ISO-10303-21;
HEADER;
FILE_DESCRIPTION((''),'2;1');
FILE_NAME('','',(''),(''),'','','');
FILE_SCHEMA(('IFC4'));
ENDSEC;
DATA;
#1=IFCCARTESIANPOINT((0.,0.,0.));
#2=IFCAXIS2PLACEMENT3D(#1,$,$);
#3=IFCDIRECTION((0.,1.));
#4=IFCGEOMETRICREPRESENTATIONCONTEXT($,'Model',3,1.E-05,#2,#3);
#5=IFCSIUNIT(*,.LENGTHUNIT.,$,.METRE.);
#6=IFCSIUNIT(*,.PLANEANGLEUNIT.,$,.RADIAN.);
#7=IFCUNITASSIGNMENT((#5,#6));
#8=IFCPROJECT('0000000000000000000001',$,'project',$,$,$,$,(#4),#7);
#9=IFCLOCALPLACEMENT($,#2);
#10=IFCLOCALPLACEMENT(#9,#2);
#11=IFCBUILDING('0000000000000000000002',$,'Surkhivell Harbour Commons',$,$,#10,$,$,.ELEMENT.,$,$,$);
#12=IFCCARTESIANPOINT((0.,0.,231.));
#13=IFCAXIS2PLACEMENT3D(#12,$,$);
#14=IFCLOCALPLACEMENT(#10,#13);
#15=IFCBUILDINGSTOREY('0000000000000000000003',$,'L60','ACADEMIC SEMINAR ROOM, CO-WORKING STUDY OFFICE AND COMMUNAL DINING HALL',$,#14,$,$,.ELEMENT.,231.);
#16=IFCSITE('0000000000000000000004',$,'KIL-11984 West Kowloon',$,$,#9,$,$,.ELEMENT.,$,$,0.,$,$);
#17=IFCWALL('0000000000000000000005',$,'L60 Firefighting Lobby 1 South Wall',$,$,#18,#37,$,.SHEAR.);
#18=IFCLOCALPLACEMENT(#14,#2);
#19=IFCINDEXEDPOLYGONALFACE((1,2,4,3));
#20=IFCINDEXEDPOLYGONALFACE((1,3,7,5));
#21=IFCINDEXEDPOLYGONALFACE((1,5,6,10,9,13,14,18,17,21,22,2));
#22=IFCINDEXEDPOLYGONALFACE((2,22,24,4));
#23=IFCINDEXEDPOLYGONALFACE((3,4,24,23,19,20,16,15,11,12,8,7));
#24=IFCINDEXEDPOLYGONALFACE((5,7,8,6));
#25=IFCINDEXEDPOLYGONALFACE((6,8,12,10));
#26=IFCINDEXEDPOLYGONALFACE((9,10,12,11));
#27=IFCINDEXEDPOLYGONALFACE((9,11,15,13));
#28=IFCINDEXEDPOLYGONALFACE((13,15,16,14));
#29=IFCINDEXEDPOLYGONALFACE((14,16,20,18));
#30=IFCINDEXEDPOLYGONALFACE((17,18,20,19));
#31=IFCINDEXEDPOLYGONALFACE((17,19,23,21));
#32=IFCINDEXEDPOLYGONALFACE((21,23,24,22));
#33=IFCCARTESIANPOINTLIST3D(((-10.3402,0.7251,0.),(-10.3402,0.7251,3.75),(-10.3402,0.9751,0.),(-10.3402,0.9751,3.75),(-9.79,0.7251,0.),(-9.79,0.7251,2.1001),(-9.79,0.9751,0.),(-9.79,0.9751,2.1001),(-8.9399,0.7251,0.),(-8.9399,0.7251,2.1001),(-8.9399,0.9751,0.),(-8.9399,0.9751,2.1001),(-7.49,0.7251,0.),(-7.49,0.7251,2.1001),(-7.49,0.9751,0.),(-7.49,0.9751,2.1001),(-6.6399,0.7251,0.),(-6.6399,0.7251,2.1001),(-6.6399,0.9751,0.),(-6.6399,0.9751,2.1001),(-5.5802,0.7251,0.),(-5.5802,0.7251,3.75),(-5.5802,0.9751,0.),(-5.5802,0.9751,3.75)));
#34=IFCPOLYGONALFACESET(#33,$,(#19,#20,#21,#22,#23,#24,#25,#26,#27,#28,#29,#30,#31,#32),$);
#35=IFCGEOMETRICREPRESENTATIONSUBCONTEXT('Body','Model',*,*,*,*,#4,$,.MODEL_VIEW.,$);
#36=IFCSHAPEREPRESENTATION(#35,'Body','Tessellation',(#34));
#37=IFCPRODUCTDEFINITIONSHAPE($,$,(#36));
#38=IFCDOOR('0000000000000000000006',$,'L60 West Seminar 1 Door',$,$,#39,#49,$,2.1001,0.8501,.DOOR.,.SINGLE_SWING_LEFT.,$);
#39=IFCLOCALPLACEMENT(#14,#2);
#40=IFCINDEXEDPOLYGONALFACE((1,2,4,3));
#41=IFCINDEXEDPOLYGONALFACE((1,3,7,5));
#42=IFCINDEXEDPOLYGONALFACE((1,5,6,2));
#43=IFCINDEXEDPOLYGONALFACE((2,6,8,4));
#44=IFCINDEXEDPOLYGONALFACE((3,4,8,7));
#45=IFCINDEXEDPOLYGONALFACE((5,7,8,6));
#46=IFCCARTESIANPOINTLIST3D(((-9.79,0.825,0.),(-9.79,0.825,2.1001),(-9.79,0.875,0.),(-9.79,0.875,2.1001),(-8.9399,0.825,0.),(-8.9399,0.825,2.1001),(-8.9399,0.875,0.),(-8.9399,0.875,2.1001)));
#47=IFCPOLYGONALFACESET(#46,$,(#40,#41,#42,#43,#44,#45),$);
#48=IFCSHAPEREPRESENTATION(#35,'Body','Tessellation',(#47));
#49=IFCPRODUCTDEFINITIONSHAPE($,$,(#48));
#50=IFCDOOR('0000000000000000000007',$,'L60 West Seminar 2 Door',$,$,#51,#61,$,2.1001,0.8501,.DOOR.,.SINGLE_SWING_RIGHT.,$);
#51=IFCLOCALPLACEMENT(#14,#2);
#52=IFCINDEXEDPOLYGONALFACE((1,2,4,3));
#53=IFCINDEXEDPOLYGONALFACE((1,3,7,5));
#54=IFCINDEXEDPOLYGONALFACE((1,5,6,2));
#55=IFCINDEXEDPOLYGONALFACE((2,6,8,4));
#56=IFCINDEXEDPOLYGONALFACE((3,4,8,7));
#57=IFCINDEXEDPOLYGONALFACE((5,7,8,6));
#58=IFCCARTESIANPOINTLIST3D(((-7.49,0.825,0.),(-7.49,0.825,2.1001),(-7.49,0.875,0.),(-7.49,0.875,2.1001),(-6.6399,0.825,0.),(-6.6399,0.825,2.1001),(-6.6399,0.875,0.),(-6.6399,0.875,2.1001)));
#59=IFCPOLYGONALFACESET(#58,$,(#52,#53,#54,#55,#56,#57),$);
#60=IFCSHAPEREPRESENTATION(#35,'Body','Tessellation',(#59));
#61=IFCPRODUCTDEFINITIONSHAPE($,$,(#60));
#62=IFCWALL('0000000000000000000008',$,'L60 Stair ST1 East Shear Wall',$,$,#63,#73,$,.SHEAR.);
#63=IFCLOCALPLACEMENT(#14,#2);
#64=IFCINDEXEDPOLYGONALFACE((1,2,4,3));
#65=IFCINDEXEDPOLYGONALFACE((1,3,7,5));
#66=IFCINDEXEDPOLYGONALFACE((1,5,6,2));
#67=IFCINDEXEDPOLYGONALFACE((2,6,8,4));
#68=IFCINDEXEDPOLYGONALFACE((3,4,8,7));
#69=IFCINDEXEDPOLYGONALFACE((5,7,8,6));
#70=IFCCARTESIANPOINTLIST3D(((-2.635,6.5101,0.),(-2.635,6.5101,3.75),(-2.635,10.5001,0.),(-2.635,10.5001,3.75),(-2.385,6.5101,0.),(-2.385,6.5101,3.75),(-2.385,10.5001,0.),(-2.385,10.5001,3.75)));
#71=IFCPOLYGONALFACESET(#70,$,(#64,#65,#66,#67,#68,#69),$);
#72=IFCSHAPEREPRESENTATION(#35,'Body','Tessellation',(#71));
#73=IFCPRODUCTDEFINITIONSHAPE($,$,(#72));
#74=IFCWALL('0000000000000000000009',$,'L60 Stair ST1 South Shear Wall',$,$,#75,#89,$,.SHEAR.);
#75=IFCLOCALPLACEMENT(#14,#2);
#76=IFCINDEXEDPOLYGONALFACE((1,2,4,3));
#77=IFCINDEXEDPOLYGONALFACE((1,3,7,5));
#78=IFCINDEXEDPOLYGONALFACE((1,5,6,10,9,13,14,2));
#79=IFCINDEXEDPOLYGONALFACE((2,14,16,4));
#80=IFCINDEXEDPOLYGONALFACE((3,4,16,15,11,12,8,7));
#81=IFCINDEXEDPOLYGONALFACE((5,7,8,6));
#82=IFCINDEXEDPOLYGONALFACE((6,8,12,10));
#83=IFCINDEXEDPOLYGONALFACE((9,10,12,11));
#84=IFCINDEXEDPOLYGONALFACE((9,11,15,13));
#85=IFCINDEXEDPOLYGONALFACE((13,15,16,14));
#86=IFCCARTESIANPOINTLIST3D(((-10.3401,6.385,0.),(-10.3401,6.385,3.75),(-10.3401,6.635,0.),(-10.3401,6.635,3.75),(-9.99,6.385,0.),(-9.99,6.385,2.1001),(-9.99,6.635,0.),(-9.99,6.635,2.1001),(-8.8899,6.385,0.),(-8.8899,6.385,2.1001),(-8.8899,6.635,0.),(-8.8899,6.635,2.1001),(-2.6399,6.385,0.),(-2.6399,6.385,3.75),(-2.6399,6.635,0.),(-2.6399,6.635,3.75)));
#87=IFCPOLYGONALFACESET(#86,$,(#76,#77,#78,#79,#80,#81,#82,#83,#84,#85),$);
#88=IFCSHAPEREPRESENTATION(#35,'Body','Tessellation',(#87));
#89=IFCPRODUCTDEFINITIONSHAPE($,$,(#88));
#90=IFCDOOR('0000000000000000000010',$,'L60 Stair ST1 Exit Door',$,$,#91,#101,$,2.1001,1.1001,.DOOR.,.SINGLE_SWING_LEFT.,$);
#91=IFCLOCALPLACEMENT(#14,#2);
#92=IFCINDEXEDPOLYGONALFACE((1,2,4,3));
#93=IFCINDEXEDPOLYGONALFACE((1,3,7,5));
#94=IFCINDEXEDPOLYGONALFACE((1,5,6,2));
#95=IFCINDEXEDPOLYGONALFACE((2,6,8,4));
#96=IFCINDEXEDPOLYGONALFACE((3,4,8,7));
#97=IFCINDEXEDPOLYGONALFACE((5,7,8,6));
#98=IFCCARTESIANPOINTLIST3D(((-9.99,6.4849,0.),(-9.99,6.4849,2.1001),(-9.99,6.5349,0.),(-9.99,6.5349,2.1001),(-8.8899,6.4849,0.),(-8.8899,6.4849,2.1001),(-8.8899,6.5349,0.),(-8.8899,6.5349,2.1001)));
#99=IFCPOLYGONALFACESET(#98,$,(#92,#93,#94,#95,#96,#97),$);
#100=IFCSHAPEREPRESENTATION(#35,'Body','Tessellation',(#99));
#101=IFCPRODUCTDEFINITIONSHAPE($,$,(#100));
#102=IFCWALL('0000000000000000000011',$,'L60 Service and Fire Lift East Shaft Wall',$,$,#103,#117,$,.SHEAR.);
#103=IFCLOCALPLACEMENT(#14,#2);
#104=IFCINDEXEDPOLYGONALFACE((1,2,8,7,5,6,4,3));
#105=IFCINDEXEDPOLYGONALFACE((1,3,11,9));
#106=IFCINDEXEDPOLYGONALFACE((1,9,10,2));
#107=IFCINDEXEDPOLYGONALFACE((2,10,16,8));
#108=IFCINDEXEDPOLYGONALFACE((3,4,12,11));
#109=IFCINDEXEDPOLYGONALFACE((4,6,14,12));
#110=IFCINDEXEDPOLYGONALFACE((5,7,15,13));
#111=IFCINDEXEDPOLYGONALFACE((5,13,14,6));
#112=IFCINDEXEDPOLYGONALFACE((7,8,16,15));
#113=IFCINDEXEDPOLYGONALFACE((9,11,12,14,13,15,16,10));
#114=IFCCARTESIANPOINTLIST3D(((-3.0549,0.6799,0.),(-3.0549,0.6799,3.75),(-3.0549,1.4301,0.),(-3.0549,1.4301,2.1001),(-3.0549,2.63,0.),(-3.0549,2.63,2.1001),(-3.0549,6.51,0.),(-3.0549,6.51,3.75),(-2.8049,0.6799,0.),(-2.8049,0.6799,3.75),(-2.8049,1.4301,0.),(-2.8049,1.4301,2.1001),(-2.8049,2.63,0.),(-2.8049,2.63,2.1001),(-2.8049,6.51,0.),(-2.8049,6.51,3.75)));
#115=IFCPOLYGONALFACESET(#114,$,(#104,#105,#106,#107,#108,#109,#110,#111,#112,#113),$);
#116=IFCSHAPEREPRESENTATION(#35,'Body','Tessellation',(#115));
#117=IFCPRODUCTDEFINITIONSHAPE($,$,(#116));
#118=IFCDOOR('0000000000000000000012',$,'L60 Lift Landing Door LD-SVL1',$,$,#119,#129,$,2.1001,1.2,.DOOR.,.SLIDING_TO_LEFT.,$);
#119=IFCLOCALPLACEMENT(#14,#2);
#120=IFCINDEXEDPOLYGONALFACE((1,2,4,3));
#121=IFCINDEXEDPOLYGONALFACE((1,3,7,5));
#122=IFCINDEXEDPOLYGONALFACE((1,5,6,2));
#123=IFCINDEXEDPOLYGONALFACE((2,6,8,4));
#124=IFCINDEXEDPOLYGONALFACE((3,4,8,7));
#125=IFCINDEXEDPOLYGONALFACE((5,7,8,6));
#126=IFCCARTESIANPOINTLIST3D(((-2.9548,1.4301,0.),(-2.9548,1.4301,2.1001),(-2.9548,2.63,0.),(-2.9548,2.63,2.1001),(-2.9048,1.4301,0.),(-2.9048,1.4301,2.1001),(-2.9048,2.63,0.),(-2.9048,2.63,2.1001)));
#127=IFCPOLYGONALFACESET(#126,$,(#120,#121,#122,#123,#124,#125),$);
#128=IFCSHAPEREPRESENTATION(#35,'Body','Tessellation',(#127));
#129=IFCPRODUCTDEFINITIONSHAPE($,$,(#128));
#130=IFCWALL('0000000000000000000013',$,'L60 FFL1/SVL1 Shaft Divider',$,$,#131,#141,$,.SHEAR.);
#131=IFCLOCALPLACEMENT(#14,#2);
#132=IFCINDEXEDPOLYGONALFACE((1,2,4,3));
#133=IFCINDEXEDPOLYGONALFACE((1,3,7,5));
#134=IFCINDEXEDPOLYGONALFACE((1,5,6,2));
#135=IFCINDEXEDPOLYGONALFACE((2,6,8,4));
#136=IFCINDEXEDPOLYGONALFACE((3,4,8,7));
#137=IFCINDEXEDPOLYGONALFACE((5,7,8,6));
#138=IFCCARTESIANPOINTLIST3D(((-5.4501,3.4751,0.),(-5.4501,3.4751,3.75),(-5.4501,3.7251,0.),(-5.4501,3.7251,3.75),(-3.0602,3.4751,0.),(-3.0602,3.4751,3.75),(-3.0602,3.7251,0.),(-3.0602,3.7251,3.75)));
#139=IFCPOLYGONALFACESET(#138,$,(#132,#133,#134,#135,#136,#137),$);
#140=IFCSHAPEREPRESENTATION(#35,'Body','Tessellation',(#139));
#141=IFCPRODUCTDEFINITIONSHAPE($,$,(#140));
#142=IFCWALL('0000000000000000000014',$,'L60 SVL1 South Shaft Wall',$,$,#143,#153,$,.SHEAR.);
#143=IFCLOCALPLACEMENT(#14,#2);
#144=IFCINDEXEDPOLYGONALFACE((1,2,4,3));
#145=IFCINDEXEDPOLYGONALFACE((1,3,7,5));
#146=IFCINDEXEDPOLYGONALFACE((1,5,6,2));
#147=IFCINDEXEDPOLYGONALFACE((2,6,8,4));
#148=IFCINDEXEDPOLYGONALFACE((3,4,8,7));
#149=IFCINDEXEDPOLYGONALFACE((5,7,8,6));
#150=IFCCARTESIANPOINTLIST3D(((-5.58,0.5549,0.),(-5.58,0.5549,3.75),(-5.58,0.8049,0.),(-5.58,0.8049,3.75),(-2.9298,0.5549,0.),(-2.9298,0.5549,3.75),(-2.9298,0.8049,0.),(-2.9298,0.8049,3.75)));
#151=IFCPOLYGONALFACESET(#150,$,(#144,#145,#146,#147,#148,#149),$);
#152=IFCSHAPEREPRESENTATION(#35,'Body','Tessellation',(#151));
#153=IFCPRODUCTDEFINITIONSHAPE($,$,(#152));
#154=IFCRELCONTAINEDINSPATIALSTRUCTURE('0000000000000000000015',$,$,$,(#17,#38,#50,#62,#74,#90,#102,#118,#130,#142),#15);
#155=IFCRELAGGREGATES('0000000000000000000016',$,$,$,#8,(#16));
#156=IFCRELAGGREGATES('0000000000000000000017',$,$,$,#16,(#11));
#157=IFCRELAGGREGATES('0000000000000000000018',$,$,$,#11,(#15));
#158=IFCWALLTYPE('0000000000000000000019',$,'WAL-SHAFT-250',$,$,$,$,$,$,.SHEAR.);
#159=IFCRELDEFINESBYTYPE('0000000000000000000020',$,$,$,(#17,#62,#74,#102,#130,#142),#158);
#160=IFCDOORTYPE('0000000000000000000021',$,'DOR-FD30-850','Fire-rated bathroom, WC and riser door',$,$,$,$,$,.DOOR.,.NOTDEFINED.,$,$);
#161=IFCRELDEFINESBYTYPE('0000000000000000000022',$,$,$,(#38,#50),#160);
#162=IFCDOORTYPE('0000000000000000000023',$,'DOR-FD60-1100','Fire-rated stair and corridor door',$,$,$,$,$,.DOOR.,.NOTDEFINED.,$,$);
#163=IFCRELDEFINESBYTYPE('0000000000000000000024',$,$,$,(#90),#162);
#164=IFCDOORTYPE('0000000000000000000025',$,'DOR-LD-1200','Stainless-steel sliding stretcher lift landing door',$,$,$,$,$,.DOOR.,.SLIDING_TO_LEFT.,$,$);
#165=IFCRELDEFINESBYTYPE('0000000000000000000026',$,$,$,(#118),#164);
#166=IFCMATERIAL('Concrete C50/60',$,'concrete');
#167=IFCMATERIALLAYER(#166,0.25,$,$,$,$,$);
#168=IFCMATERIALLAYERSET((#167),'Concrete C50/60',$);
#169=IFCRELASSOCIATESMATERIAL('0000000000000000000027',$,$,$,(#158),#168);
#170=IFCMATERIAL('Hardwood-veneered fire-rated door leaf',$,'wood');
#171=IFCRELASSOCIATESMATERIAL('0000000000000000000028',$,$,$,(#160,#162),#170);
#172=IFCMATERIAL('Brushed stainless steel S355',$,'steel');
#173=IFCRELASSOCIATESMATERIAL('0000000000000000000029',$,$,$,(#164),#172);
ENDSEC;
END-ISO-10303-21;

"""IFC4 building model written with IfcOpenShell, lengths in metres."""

from ifc_helpers import new_model, si_unit, direction, frame, frame_2d, origin, place, context, subcontext, project, spatial, rectangle, extrude, material, layer, layer_set, type_object, element, fill, save


model = new_model("IFC4")

# Units and contexts
model_context = context("Model", 3, precision=1e-05, world=origin(), true_north=direction((0.0, 1.0)))
body_context = subcontext(model_context, "Body", "Model", "MODEL_VIEW")
ifc_project = project(units=[si_unit("LENGTHUNIT", "METRE"), si_unit("PLANEANGLEUNIT", "RADIAN")], contexts=[model_context])

# Site, building, storey
site_placement = place(None, origin())
site = spatial("IfcSite", under=ifc_project, at=site_placement, Name="KIL-11984 West Kowloon", CompositionType="ELEMENT", RefElevation=0.0)
building_placement = place(site_placement, origin())
building = spatial("IfcBuilding", under=site, at=building_placement, Name="Surkhivell Harbour Commons", CompositionType="ELEMENT")
storey_placement = place(building_placement, frame((0.0, 0.0, 231.0)))
storey = spatial("IfcBuildingStorey", under=building, at=storey_placement, Name="L60", Description="ACADEMIC SEMINAR ROOM, CO-WORKING STUDY OFFICE AND COMMUNAL DINING HALL", CompositionType="ELEMENT", Elevation=231.0)

# Shared definitions
ifc_material_1 = material(Name="Hardwood-veneered fire-rated door leaf", Category="wood")

# Shared definitions
ifc_material_2 = material(Name="Concrete C50/60", Category="concrete")
ifc_layer_1 = layer(ifc_material_2, 0.25)
ifc_layer_set_1 = layer_set([ifc_layer_1], Name="Concrete C50/60")
wall_type_1 = type_object("IfcWallType", Name="WAL-SHAFT-250", PredefinedType="SHEAR", material=ifc_layer_set_1)
ifc_material_3 = material(Name="Brushed stainless steel S355", Category="steel")

# Wall, openings, doors
wall_1_placement = place(storey_placement, frame((-10.3401, 0.8501, 0.0), z_axis=(0.0, 0.0, 1.0), x_axis=(1.0, 0.0, 0.0)))
wall_1 = element("IfcWall", 1, at=wall_1_placement, inside=storey, type_object=wall_type_1, Name="L60 Firefighting Lobby 1 South Wall", PredefinedType="SHEAR", context=body_context, shape_type="SweptSolid", body=[
    extrude(rectangle(XDim=4.76, YDim=0.25, at=frame_2d((2.3799, 0.0))), origin(), (0.0, 0.0, 1.0), 3.75),
])
opening_1_placement = place(wall_1_placement, frame((0.55, 0.0, 0.0)))
opening_1 = element("IfcOpeningElement", 2, at=opening_1_placement, cuts=wall_1, PredefinedType="OPENING", context=body_context, shape_type="SweptSolid", body=[
    extrude(rectangle(XDim=0.8501, YDim=2.1001, at=frame_2d((0.425, 1.05))), frame((0.0, 0.135, 0.0), z_axis=(0.0, -1.0, 0.0), x_axis=(1.0, 0.0, 0.0)), (0.0, 0.0, 1.0), 0.27),
])
opening_2_placement = place(wall_1_placement, frame((2.8501, 0.0, 0.0)))
opening_2 = element("IfcOpeningElement", 3, at=opening_2_placement, cuts=wall_1, PredefinedType="OPENING", context=body_context, shape_type="SweptSolid", body=[
    extrude(rectangle(XDim=0.8501, YDim=2.1001, at=frame_2d((0.425, 1.05))), frame((0.0, 0.135, 0.0), z_axis=(0.0, -1.0, 0.0), x_axis=(1.0, 0.0, 0.0)), (0.0, 0.0, 1.0), 0.27),
])
door_type_1 = type_object("IfcDoorType", Name="DOR-FD30-850", Description="Fire-rated bathroom, WC and riser door", OperationType="NOTDEFINED", PredefinedType="DOOR", material=ifc_material_1)
door_1_placement = place(opening_1_placement, origin())
door_1 = element("IfcDoor", 4, at=door_1_placement, inside=storey, type_object=door_type_1, Name="L60 West Seminar 1 Door", OperationType="SINGLE_SWING_LEFT", OverallHeight=2.1001, OverallWidth=0.8501, PredefinedType="DOOR", context=body_context, shape_type="SweptSolid", body=[
    extrude(rectangle(XDim=0.8501, YDim=2.1001, at=frame_2d((0.425, 1.05))), frame((0.0, 0.0249, 0.0), z_axis=(0.0, -1.0, 0.0), x_axis=(1.0, 0.0, 0.0)), (0.0, 0.0, 1.0), 0.05),
])
fill(opening_1, door_1)
door_2_placement = place(opening_2_placement, origin())
door_2 = element("IfcDoor", 5, at=door_2_placement, inside=storey, type_object=door_type_1, Name="L60 West Seminar 2 Door", OperationType="SINGLE_SWING_RIGHT", OverallHeight=2.1001, OverallWidth=0.8501, PredefinedType="DOOR", context=body_context, shape_type="SweptSolid", body=[
    extrude(rectangle(XDim=0.8501, YDim=2.1001, at=frame_2d((0.425, 1.05))), frame((0.0, 0.0249, 0.0), z_axis=(0.0, -1.0, 0.0), x_axis=(1.0, 0.0, 0.0)), (0.0, 0.0, 1.0), 0.05),
])
fill(opening_2, door_2)

# Wall
wall_2_placement = place(storey_placement, frame((-2.51, 6.51, 0.0), z_axis=(0.0, 0.0, 1.0), x_axis=(0.0, 1.0, 0.0)))
element("IfcWall", 6, at=wall_2_placement, inside=storey, type_object=wall_type_1, Name="L60 Stair ST1 East Shear Wall", PredefinedType="SHEAR", context=body_context, shape_type="SweptSolid", body=[
    extrude(rectangle(XDim=3.99, YDim=0.25, at=frame_2d((1.9951, 0.0))), origin(), (0.0, 0.0, 1.0), 3.75),
])

# Walls, openings, doors
wall_3_placement = place(storey_placement, frame((-10.3401, 6.51, 0.0), z_axis=(0.0, 0.0, 1.0), x_axis=(1.0, 0.0, 0.0)))
wall_3 = element("IfcWall", 7, at=wall_3_placement, inside=storey, type_object=wall_type_1, Name="L60 Stair ST1 South Shear Wall", PredefinedType="SHEAR", context=body_context, shape_type="SweptSolid", body=[
    extrude(rectangle(XDim=7.7002, YDim=0.25, at=frame_2d((3.8501, 0.0))), origin(), (0.0, 0.0, 1.0), 3.75),
])
opening_3_placement = place(wall_3_placement, frame((0.3501, 0.0, 0.0)))
opening_3 = element("IfcOpeningElement", 8, at=opening_3_placement, cuts=wall_3, PredefinedType="OPENING", context=body_context, shape_type="SweptSolid", body=[
    extrude(rectangle(XDim=1.1001, YDim=2.1001, at=frame_2d((0.55, 1.05))), frame((0.0, 0.135, 0.0), z_axis=(0.0, -1.0, 0.0), x_axis=(1.0, 0.0, 0.0)), (0.0, 0.0, 1.0), 0.27),
])
door_type_2 = type_object("IfcDoorType", Name="DOR-FD60-1100", Description="Fire-rated stair and corridor door", OperationType="NOTDEFINED", PredefinedType="DOOR", material=ifc_material_1)
door_3_placement = place(opening_3_placement, origin())
door_3 = element("IfcDoor", 9, at=door_3_placement, inside=storey, type_object=door_type_2, Name="L60 Stair ST1 Exit Door", OperationType="SINGLE_SWING_LEFT", OverallHeight=2.1001, OverallWidth=1.1001, PredefinedType="DOOR", context=body_context, shape_type="SweptSolid", body=[
    extrude(rectangle(XDim=1.1001, YDim=2.1001, at=frame_2d((0.55, 1.05))), frame((0.0, 0.0249, 0.0), z_axis=(0.0, -1.0, 0.0), x_axis=(1.0, 0.0, 0.0)), (0.0, 0.0, 1.0), 0.05),
])
fill(opening_3, door_3)
wall_4_placement = place(storey_placement, frame((-2.9299, 0.6799, 0.0), z_axis=(0.0, 0.0, 1.0), x_axis=(0.0, 1.0, 0.0)))
wall_4 = element("IfcWall", 10, at=wall_4_placement, inside=storey, type_object=wall_type_1, Name="L60 Service and Fire Lift East Shaft Wall", PredefinedType="SHEAR", context=body_context, shape_type="SweptSolid", body=[
    extrude(rectangle(XDim=5.8301, YDim=0.25, at=frame_2d((2.915, 0.0))), origin(), (0.0, 0.0, 1.0), 3.75),
])
opening_4_placement = place(wall_4_placement, frame((0.75, 0.0, 0.0)))
opening_4 = element("IfcOpeningElement", 11, at=opening_4_placement, cuts=wall_4, PredefinedType="OPENING", context=body_context, shape_type="SweptSolid", body=[
    extrude(rectangle(XDim=1.2, YDim=2.1001, at=frame_2d((0.6001, 1.05))), frame((0.0, 0.135, 0.0), z_axis=(0.0, -1.0, 0.0), x_axis=(1.0, 0.0, 0.0)), (0.0, 0.0, 1.0), 0.27),
])
door_type_3 = type_object("IfcDoorType", Name="DOR-LD-1200", Description="Stainless-steel sliding stretcher lift landing door", OperationType="SLIDING_TO_LEFT", PredefinedType="DOOR", material=ifc_material_3)
door_4_placement = place(opening_4_placement, origin())
door_4 = element("IfcDoor", 12, at=door_4_placement, inside=storey, type_object=door_type_3, Name="L60 Lift Landing Door LD-SVL1", OperationType="SLIDING_TO_LEFT", OverallHeight=2.1001, OverallWidth=1.2, PredefinedType="DOOR", context=body_context, shape_type="SweptSolid", body=[
    extrude(rectangle(XDim=1.2, YDim=2.1001, at=frame_2d((0.6001, 1.05))), frame((0.0, 0.0249, 0.0), z_axis=(0.0, -1.0, 0.0), x_axis=(1.0, 0.0, 0.0)), (0.0, 0.0, 1.0), 0.05),
])
fill(opening_4, door_4)

# Walls
wall_5_placement = place(storey_placement, frame((-5.45, 3.6001, 0.0), z_axis=(0.0, 0.0, 1.0), x_axis=(1.0, 0.0, 0.0)))
element("IfcWall", 13, at=wall_5_placement, inside=storey, type_object=wall_type_1, Name="L60 FFL1/SVL1 Shaft Divider", PredefinedType="SHEAR", context=body_context, shape_type="SweptSolid", body=[
    extrude(rectangle(XDim=2.3899, YDim=0.25, at=frame_2d((1.1948, 0.0))), origin(), (0.0, 0.0, 1.0), 3.75),
])
wall_6_placement = place(storey_placement, frame((-5.5801, 0.6799, 0.0), z_axis=(0.0, 0.0, 1.0), x_axis=(1.0, 0.0, 0.0)))
element("IfcWall", 14, at=wall_6_placement, inside=storey, type_object=wall_type_1, Name="L60 SVL1 South Shaft Wall", PredefinedType="SHEAR", context=body_context, shape_type="SweptSolid", body=[
    extrude(rectangle(XDim=2.6501, YDim=0.25, at=frame_2d((1.3252, 0.0))), origin(), (0.0, 0.0, 1.0), 3.75),
])

save(model, "model.ifc")
